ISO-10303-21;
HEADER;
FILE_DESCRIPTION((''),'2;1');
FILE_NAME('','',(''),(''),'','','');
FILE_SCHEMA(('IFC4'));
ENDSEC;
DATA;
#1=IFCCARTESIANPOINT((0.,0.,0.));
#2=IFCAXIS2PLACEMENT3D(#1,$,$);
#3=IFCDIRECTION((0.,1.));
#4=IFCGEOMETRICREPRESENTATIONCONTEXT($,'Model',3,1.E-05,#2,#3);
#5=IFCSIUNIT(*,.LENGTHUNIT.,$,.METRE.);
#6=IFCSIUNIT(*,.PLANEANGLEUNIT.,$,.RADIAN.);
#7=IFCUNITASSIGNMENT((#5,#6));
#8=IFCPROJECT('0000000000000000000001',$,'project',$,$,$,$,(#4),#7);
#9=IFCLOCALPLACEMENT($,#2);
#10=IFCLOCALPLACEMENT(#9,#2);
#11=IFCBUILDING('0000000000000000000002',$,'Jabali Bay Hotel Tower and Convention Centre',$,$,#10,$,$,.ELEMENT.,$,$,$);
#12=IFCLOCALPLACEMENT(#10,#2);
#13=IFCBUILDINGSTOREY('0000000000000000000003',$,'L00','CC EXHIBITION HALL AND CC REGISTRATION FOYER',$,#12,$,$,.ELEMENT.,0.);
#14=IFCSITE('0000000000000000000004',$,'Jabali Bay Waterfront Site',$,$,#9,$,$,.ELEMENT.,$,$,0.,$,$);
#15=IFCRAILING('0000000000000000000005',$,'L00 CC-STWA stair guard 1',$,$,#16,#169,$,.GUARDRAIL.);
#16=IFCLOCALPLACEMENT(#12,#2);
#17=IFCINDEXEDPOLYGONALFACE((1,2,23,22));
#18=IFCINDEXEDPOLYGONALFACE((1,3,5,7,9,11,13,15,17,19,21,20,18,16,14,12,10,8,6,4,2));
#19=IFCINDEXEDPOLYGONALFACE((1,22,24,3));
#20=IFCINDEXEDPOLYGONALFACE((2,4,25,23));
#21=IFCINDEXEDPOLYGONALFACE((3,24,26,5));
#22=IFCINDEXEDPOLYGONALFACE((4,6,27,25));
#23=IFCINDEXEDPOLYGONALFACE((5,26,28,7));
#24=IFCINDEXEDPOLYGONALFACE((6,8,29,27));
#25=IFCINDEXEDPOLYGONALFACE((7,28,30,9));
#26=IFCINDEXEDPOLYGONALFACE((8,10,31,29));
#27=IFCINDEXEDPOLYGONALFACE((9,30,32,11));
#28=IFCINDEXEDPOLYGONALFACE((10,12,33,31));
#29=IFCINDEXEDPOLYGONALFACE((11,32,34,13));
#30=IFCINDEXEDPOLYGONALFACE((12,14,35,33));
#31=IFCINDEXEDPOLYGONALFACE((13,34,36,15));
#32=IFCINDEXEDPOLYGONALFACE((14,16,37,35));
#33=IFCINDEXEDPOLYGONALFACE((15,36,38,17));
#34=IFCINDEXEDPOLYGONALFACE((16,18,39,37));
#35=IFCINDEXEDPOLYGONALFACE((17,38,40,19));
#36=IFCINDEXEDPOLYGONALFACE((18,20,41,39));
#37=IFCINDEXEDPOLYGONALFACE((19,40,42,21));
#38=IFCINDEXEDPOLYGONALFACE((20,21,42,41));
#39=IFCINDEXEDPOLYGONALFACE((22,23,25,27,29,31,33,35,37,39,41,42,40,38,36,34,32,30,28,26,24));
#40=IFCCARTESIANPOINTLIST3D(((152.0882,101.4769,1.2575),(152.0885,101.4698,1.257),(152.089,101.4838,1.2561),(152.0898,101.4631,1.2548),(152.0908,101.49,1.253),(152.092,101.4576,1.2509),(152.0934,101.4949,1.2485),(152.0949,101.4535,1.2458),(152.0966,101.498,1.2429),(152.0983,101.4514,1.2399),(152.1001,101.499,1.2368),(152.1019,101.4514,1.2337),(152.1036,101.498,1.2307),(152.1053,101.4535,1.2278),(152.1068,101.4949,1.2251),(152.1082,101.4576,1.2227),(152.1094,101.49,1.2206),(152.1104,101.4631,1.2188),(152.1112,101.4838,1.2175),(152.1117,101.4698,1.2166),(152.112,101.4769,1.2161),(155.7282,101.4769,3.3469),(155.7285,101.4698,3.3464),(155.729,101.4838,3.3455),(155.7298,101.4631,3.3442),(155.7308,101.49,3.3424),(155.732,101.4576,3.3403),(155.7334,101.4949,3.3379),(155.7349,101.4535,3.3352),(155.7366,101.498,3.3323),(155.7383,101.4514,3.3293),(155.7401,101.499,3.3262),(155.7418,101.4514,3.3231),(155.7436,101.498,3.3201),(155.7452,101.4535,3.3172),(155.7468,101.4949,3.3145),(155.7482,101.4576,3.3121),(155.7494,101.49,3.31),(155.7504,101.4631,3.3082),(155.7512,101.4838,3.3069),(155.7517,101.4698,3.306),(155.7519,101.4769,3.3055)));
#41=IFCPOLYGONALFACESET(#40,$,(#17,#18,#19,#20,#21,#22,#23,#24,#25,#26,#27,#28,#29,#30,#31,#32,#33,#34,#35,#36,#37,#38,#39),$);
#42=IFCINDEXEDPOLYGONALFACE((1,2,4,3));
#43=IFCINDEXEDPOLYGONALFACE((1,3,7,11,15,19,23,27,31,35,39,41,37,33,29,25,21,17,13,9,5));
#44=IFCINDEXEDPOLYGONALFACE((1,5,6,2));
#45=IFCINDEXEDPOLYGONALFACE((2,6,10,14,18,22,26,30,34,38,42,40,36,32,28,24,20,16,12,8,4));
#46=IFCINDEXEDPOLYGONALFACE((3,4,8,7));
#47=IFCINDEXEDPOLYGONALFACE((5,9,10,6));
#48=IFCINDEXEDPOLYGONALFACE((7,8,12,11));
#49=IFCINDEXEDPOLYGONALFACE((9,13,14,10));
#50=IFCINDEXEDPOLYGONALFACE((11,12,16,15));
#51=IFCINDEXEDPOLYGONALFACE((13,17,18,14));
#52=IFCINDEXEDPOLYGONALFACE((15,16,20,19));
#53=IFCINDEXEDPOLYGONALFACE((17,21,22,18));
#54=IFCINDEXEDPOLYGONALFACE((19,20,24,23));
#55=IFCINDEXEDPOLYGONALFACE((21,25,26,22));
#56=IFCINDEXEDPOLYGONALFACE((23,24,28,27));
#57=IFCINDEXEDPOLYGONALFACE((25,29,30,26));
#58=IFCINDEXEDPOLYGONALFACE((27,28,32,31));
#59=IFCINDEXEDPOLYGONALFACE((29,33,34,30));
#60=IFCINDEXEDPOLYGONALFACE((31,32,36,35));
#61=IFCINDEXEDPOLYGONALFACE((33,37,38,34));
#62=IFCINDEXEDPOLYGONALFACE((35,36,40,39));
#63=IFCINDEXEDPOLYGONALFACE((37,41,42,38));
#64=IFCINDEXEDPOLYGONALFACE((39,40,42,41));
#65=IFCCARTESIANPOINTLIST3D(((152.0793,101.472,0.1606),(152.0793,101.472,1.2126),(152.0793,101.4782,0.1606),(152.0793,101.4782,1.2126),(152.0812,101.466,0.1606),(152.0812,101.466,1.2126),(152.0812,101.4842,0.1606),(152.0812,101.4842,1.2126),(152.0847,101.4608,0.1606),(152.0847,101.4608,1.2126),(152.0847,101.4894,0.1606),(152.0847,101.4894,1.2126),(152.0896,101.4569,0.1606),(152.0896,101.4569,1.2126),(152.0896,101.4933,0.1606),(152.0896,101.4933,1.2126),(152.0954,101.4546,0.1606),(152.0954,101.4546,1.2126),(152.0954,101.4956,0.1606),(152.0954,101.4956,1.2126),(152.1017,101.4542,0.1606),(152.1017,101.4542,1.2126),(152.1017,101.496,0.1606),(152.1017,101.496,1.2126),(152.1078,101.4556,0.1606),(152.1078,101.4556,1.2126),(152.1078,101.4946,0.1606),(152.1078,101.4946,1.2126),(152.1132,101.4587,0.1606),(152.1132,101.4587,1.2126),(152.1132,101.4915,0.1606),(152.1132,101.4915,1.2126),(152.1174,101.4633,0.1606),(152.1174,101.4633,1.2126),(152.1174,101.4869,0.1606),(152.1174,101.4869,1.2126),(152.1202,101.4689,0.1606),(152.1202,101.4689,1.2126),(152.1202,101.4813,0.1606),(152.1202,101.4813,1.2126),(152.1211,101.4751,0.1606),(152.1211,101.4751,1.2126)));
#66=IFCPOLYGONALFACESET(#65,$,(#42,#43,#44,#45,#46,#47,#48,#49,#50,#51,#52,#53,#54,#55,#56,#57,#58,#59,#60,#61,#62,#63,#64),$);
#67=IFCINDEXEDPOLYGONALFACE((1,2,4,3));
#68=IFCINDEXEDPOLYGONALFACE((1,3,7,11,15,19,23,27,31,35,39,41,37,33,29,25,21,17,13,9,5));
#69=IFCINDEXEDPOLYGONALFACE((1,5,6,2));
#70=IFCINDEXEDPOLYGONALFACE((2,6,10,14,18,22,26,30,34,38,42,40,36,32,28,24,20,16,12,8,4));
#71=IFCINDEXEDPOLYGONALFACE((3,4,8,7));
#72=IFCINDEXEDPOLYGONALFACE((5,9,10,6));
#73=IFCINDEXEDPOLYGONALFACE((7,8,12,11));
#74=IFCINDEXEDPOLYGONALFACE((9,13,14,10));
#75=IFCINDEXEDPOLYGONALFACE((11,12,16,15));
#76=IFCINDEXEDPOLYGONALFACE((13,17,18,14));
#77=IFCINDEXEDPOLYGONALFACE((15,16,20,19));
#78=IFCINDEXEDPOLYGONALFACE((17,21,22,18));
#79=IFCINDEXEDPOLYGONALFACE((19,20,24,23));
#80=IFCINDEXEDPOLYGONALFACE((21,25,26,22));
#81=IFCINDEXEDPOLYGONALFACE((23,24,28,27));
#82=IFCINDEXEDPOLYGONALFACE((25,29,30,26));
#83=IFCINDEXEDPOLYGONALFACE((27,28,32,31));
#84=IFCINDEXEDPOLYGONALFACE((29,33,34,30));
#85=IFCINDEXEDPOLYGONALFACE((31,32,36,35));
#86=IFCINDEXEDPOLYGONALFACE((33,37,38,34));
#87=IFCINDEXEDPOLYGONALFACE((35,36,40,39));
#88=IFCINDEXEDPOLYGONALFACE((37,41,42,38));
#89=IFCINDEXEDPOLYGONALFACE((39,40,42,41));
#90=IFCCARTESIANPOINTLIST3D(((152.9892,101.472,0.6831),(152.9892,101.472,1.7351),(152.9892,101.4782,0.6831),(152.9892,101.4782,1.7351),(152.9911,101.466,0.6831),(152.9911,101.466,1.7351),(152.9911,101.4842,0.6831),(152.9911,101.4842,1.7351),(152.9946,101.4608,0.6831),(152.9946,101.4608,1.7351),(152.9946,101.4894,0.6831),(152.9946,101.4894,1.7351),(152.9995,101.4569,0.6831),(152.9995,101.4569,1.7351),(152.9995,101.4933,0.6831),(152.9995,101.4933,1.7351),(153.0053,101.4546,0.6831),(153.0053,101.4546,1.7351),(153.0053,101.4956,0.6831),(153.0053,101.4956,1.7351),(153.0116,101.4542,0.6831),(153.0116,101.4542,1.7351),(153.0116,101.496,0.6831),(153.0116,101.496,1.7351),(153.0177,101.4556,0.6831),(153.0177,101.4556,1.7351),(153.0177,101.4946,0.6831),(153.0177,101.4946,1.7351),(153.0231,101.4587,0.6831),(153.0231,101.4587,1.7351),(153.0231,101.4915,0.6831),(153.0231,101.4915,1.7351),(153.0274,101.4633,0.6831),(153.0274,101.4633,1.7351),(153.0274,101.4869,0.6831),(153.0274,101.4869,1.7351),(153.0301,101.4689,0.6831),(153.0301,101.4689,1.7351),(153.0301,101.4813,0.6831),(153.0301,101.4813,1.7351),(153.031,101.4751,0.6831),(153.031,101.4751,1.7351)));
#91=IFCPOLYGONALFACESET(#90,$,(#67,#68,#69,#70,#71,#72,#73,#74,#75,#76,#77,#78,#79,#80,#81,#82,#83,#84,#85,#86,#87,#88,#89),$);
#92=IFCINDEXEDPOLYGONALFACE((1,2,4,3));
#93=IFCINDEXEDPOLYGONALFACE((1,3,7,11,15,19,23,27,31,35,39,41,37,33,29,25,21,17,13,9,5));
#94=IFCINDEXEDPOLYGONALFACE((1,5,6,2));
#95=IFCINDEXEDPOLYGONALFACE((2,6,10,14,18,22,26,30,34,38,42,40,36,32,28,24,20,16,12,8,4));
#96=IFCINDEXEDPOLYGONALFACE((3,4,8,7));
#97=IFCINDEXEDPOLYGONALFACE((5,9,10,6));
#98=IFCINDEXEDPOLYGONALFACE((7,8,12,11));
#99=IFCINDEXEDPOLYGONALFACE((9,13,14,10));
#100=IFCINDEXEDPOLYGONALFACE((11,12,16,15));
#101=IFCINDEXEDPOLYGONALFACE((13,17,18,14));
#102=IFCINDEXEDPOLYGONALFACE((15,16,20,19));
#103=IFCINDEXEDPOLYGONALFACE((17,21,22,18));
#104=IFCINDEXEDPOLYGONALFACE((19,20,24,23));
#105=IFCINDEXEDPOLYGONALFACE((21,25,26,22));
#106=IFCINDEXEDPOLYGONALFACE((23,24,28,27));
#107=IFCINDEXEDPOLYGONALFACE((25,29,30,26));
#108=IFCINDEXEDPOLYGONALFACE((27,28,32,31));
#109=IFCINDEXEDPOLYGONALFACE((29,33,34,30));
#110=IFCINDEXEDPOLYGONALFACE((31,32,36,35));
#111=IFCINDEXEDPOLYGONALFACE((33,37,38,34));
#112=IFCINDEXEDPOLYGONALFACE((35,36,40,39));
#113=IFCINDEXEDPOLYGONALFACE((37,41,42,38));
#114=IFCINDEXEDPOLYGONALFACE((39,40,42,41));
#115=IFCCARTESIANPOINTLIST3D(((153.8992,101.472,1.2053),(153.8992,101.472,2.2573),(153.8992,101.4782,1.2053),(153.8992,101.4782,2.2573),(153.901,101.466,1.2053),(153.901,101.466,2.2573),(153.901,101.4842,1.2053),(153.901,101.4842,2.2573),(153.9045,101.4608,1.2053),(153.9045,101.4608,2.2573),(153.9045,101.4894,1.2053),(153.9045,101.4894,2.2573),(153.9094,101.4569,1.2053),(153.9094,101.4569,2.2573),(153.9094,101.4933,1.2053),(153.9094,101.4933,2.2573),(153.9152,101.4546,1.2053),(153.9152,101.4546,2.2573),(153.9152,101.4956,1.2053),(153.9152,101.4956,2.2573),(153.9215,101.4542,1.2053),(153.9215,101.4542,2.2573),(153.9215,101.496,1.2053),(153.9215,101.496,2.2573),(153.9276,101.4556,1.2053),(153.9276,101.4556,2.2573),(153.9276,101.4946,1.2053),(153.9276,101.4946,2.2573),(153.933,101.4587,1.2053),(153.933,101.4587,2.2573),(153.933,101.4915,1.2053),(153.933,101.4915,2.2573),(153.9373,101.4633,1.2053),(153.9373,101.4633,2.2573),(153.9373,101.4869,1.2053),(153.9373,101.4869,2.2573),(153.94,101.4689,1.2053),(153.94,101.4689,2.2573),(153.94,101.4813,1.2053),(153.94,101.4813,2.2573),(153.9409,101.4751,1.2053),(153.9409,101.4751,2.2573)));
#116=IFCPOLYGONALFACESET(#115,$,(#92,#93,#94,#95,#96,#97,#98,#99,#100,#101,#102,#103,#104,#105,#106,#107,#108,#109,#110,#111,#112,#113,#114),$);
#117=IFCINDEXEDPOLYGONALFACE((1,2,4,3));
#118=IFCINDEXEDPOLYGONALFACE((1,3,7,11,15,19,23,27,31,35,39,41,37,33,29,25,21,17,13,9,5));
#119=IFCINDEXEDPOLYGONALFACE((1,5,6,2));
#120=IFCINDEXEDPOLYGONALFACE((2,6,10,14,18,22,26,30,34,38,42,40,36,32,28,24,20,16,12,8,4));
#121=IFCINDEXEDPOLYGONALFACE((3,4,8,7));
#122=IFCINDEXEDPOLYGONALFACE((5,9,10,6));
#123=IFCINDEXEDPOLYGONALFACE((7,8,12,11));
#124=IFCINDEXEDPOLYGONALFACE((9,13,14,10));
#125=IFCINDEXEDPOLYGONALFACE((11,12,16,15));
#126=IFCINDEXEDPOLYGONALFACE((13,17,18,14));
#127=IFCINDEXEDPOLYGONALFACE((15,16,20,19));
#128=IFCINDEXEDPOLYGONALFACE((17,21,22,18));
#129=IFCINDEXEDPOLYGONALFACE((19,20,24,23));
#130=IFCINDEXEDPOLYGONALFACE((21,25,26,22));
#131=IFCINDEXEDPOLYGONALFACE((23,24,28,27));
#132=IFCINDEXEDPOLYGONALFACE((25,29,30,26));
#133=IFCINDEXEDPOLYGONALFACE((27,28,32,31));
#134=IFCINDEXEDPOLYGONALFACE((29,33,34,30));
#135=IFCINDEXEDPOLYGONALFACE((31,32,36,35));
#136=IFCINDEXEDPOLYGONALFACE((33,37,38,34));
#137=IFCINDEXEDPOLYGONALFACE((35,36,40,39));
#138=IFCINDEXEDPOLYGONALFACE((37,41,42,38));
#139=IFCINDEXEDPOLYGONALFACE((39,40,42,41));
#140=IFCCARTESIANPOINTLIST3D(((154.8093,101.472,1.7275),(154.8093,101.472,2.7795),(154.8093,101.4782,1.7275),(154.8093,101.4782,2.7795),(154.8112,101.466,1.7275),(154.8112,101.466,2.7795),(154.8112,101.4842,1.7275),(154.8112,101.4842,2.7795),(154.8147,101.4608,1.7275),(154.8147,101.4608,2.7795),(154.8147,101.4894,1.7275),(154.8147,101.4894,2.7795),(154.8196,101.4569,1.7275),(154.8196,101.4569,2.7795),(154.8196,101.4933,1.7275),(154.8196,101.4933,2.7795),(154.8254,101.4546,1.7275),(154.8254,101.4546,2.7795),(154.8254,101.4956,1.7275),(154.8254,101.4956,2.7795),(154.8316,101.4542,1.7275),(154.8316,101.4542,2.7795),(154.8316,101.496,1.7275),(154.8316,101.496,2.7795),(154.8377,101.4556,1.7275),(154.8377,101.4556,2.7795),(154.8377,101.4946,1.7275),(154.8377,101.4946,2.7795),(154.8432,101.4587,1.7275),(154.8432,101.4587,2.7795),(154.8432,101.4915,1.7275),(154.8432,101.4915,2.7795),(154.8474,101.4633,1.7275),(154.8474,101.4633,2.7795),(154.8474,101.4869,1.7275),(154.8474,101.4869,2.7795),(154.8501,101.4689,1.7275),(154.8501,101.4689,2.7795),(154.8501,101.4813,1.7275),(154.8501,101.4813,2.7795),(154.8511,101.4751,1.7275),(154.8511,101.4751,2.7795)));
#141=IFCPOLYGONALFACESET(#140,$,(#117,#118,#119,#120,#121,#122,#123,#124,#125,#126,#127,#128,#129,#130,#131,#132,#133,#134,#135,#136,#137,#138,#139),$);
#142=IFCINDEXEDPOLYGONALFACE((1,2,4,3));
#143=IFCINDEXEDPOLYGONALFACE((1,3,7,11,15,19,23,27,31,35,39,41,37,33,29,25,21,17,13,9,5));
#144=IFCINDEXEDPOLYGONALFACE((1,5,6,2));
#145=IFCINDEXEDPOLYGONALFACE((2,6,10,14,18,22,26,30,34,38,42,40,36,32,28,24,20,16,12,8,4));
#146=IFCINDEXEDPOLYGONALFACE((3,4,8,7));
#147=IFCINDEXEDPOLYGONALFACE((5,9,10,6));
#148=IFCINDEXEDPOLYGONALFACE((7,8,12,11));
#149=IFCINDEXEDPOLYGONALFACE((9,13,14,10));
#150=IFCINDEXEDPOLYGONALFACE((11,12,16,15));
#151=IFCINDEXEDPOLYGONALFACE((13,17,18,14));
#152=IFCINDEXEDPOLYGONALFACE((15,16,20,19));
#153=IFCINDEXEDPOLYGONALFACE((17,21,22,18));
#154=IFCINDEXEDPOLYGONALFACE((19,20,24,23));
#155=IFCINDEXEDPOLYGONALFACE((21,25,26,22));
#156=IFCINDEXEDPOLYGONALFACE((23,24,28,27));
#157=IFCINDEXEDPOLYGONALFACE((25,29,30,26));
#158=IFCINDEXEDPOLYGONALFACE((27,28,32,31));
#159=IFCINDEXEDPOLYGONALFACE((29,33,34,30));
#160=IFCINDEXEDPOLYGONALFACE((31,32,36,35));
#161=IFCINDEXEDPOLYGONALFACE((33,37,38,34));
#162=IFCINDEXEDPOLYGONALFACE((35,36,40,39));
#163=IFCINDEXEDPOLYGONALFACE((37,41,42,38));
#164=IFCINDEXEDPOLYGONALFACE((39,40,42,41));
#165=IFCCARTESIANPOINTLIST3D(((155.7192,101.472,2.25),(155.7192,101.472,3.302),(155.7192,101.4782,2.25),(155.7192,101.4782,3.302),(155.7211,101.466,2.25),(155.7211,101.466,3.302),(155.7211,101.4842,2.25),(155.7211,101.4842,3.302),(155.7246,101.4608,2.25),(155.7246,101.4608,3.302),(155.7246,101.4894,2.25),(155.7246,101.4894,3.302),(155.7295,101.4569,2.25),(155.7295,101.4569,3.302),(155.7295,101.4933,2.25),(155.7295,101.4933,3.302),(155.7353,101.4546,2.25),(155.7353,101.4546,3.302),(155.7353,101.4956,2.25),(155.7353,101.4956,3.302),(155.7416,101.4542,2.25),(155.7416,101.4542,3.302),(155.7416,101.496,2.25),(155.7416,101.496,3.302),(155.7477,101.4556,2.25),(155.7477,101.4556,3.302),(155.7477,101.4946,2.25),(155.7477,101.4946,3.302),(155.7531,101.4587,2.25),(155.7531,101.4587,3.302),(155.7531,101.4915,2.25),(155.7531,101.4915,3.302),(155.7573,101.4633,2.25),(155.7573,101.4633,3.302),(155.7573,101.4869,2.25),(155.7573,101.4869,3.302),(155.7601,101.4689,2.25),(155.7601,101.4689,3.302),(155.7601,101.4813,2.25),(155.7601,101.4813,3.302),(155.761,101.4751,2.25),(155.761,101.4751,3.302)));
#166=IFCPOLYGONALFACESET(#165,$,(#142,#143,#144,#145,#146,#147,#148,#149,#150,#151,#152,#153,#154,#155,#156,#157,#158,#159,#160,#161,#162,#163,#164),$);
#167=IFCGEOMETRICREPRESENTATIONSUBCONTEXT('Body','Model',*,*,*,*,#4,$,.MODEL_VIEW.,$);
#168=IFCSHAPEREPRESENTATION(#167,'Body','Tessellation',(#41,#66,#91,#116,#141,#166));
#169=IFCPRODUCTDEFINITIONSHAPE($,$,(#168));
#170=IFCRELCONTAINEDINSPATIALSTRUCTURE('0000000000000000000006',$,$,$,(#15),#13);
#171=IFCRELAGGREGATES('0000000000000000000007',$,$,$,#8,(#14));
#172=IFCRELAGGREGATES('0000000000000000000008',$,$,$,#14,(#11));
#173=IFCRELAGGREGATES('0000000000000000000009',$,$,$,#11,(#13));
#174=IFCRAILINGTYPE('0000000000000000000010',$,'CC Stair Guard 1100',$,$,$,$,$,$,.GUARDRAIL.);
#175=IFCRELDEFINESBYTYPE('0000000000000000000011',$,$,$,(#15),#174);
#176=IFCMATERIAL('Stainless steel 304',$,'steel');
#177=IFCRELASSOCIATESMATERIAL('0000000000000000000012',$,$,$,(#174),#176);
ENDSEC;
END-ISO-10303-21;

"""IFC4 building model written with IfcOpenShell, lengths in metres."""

from ifc_helpers import new_model, si_unit, direction, frame, origin, origin_2d, place, context, subcontext, project, spatial, circle, extrude, material, type_object, element, save


model = new_model("IFC4")

# Units and contexts
model_context = context("Model", 3, precision=1e-05, world=origin(), true_north=direction((0.0, 1.0)))
body_context = subcontext(model_context, "Body", "Model", "MODEL_VIEW")
ifc_project = project(units=[si_unit("LENGTHUNIT", "METRE"), si_unit("PLANEANGLEUNIT", "RADIAN")], contexts=[model_context])

# Site, building, storey
site_placement = place(None, origin())
site = spatial("IfcSite", under=ifc_project, at=site_placement, Name="Jabali Bay Waterfront Site", CompositionType="ELEMENT", RefElevation=0.0)
building_placement = place(site_placement, origin())
building = spatial("IfcBuilding", under=site, at=building_placement, Name="Jabali Bay Hotel Tower and Convention Centre", CompositionType="ELEMENT")
storey_placement = place(building_placement, origin())
storey = spatial("IfcBuildingStorey", under=building, at=storey_placement, Name="L00", Description="CC EXHIBITION HALL AND CC REGISTRATION FOYER", CompositionType="ELEMENT", Elevation=0.0)

# Railing
ifc_material_1 = material(Name="Stainless steel 304", Category="steel")
railing_type_1 = type_object("IfcRailingType", Name="CC Stair Guard 1100", PredefinedType="GUARDRAIL", material=ifc_material_1)
railing_1_placement = place(storey_placement, frame((152.1001, 101.4751, 0.1606)))
element("IfcRailing", 1, at=railing_1_placement, inside=storey, type_object=railing_type_1, Name="L00 CC-STWA stair guard 1", PredefinedType="GUARDRAIL", context=body_context, shape_type="SweptSolid", body=[
    extrude(circle(Radius=0.0239, at=origin_2d()), frame((0.0, 0.0, 1.0762), z_axis=(0.867275, 0.0, 0.497829), x_axis=(0.0, 1.0, 0.0)), (0.0, 0.0, 1.0), 4.197),
    extrude(circle(Radius=0.021, at=origin_2d()), origin(), (0.0, 0.0, 1.0), 1.052),
    extrude(circle(Radius=0.021, at=origin_2d()), frame((0.9099, 0.0, 0.5225)), (0.0, 0.0, 1.0), 1.052),
    extrude(circle(Radius=0.021, at=origin_2d()), frame((1.8198, 0.0, 1.0447)), (0.0, 0.0, 1.0), 1.052),
    extrude(circle(Radius=0.021, at=origin_2d()), frame((2.73, 0.0, 1.5669)), (0.0, 0.0, 1.0), 1.052),
    extrude(circle(Radius=0.021, at=origin_2d()), frame((3.6399, 0.0, 2.0894)), (0.0, 0.0, 1.0), 1.052),
])

save(model, "model.ifc")
